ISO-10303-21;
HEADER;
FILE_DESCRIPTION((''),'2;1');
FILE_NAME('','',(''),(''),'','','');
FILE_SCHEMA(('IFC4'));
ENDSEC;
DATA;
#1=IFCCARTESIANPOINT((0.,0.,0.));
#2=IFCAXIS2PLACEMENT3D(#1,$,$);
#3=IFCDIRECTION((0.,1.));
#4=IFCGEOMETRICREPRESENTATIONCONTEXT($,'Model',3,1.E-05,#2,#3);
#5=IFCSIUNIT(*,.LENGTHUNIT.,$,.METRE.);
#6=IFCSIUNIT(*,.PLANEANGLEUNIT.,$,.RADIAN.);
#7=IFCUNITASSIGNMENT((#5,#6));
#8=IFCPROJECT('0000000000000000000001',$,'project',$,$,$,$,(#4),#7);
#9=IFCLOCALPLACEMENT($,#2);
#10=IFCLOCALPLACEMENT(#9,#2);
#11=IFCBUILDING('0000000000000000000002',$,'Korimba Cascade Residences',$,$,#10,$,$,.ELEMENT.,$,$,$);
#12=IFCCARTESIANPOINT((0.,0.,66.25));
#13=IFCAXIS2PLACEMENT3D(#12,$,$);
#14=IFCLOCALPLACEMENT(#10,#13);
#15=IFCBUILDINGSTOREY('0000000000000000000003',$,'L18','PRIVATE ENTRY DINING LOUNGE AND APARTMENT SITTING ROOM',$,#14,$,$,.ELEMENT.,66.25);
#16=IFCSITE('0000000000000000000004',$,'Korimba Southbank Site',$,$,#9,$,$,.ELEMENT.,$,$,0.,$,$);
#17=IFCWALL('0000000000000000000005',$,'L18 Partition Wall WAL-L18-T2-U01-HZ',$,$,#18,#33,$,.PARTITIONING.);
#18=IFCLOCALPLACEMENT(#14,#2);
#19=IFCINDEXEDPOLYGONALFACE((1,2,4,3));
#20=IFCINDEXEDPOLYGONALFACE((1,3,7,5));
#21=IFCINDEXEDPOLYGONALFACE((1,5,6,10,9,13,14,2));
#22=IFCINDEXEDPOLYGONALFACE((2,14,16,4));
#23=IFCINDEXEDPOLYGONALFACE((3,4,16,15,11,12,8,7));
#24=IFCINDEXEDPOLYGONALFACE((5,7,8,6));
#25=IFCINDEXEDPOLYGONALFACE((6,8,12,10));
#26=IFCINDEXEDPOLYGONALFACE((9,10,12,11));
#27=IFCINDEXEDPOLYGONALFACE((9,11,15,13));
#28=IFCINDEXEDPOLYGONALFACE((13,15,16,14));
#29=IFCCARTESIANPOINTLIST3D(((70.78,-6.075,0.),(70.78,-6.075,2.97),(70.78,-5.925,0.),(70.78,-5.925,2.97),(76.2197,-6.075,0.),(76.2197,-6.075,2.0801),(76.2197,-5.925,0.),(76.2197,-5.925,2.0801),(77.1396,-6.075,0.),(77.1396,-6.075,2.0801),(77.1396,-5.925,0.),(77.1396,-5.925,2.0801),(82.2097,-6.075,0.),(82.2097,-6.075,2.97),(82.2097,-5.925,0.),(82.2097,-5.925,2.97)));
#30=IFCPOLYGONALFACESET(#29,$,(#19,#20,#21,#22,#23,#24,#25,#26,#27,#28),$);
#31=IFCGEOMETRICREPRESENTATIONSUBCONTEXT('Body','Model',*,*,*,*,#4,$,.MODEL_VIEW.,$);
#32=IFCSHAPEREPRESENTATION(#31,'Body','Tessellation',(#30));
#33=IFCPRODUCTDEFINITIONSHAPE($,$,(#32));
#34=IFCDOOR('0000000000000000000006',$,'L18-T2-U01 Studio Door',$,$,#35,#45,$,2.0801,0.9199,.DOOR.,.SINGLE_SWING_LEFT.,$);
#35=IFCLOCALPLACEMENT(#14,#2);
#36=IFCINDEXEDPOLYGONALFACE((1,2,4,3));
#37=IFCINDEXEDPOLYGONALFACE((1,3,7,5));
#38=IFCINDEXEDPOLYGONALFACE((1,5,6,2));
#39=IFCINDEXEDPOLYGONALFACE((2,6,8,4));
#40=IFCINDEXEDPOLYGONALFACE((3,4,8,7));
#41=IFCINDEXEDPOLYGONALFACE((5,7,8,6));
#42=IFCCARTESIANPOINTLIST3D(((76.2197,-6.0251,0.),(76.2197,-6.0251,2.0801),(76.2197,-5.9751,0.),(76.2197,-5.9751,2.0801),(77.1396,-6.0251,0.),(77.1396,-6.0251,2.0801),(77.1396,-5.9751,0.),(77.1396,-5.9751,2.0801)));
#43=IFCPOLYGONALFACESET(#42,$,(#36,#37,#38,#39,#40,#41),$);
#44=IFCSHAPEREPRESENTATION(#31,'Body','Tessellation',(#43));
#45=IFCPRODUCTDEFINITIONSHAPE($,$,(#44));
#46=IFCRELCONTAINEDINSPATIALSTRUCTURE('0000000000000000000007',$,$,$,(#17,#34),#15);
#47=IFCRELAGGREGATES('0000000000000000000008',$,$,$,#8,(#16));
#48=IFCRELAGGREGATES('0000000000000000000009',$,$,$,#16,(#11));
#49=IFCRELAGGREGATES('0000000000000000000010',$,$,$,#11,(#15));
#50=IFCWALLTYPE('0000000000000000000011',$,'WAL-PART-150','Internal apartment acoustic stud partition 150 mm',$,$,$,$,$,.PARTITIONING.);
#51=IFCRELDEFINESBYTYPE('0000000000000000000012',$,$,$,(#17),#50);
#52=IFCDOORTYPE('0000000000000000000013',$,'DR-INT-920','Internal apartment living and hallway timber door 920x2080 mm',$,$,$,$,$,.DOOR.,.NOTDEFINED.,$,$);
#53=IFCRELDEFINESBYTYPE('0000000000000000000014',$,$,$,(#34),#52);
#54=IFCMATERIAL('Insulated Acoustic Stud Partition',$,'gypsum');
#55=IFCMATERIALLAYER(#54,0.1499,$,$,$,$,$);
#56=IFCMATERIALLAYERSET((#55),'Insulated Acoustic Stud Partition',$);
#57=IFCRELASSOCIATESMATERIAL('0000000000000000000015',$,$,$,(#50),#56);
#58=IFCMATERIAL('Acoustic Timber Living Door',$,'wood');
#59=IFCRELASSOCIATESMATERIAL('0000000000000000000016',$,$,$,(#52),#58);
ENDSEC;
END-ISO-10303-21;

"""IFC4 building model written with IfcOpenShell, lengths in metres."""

from ifc_helpers import new_model, si_unit, direction, frame, frame_2d, origin, place, context, subcontext, project, spatial, rectangle, extrude, material, layer, layer_set, type_object, element, fill, save


model = new_model("IFC4")

# Units and contexts
model_context = context("Model", 3, precision=1e-05, world=origin(), true_north=direction((0.0, 1.0)))
body_context = subcontext(model_context, "Body", "Model", "MODEL_VIEW")
ifc_project = project(units=[si_unit("LENGTHUNIT", "METRE"), si_unit("PLANEANGLEUNIT", "RADIAN")], contexts=[model_context])

# Site, building, storey
site_placement = place(None, origin())
site = spatial("IfcSite", under=ifc_project, at=site_placement, Name="Korimba Southbank Site", CompositionType="ELEMENT", RefElevation=0.0)
building_placement = place(site_placement, origin())
building = spatial("IfcBuilding", under=site, at=building_placement, Name="Korimba Cascade Residences", CompositionType="ELEMENT")
storey_placement = place(building_placement, frame((0.0, 0.0, 66.25)))
storey = spatial("IfcBuildingStorey", under=building, at=storey_placement, Name="L18", Description="PRIVATE ENTRY DINING LOUNGE AND APARTMENT SITTING ROOM", CompositionType="ELEMENT", Elevation=66.25)

# Wall, opening, door
ifc_material_1 = material(Name="Insulated Acoustic Stud Partition", Category="gypsum")
ifc_layer_1 = layer(ifc_material_1, 0.1499)
ifc_layer_set_1 = layer_set([ifc_layer_1], Name="Insulated Acoustic Stud Partition")
wall_type_1 = type_object("IfcWallType", Name="WAL-PART-150", Description="Internal apartment acoustic stud partition 150 mm", PredefinedType="PARTITIONING", material=ifc_layer_set_1)
ifc_material_2 = material(Name="Acoustic Timber Living Door", Category="wood")
door_type_1 = type_object("IfcDoorType", Name="DR-INT-920", Description="Internal apartment living and hallway timber door 920x2080 mm", OperationType="NOTDEFINED", PredefinedType="DOOR", material=ifc_material_2)
wall_1_placement = place(storey_placement, frame((70.78, -6.0, 0.0), z_axis=(0.0, 0.0, 1.0), x_axis=(1.0, 0.0, 0.0)))
wall_1 = element("IfcWall", 1, at=wall_1_placement, inside=storey, type_object=wall_type_1, Name="L18 Partition Wall WAL-L18-T2-U01-HZ", PredefinedType="PARTITIONING", context=body_context, shape_type="SweptSolid", body=[
    extrude(rectangle(XDim=11.4297, YDim=0.1499, at=frame_2d((5.7148, 0.0))), origin(), (0.0, 0.0, 1.0), 2.97),
])
opening_1_placement = place(wall_1_placement, frame((5.4397, 0.0, 0.0)))
opening_1 = element("IfcOpeningElement", 2, at=opening_1_placement, cuts=wall_1, PredefinedType="OPENING", context=body_context, shape_type="SweptSolid", body=[
    extrude(rectangle(XDim=0.9199, YDim=2.0801, at=frame_2d((0.46, 1.04))), frame((0.0, 0.085, 0.0), z_axis=(0.0, -1.0, 0.0), x_axis=(1.0, 0.0, 0.0)), (0.0, 0.0, 1.0), 0.1699),
])
door_1_placement = place(opening_1_placement, origin())
door_1 = element("IfcDoor", 3, at=door_1_placement, inside=storey, type_object=door_type_1, Name="L18-T2-U01 Studio Door", OperationType="SINGLE_SWING_LEFT", OverallHeight=2.0801, OverallWidth=0.9199, PredefinedType="DOOR", context=body_context, shape_type="SweptSolid", body=[
    extrude(rectangle(XDim=0.9199, YDim=2.0801, at=frame_2d((0.46, 1.04))), frame((0.0, 0.0249, 0.0), z_axis=(0.0, -1.0, 0.0), x_axis=(1.0, 0.0, 0.0)), (0.0, 0.0, 1.0), 0.05),
])
fill(opening_1, door_1)

save(model, "model.ifc")
